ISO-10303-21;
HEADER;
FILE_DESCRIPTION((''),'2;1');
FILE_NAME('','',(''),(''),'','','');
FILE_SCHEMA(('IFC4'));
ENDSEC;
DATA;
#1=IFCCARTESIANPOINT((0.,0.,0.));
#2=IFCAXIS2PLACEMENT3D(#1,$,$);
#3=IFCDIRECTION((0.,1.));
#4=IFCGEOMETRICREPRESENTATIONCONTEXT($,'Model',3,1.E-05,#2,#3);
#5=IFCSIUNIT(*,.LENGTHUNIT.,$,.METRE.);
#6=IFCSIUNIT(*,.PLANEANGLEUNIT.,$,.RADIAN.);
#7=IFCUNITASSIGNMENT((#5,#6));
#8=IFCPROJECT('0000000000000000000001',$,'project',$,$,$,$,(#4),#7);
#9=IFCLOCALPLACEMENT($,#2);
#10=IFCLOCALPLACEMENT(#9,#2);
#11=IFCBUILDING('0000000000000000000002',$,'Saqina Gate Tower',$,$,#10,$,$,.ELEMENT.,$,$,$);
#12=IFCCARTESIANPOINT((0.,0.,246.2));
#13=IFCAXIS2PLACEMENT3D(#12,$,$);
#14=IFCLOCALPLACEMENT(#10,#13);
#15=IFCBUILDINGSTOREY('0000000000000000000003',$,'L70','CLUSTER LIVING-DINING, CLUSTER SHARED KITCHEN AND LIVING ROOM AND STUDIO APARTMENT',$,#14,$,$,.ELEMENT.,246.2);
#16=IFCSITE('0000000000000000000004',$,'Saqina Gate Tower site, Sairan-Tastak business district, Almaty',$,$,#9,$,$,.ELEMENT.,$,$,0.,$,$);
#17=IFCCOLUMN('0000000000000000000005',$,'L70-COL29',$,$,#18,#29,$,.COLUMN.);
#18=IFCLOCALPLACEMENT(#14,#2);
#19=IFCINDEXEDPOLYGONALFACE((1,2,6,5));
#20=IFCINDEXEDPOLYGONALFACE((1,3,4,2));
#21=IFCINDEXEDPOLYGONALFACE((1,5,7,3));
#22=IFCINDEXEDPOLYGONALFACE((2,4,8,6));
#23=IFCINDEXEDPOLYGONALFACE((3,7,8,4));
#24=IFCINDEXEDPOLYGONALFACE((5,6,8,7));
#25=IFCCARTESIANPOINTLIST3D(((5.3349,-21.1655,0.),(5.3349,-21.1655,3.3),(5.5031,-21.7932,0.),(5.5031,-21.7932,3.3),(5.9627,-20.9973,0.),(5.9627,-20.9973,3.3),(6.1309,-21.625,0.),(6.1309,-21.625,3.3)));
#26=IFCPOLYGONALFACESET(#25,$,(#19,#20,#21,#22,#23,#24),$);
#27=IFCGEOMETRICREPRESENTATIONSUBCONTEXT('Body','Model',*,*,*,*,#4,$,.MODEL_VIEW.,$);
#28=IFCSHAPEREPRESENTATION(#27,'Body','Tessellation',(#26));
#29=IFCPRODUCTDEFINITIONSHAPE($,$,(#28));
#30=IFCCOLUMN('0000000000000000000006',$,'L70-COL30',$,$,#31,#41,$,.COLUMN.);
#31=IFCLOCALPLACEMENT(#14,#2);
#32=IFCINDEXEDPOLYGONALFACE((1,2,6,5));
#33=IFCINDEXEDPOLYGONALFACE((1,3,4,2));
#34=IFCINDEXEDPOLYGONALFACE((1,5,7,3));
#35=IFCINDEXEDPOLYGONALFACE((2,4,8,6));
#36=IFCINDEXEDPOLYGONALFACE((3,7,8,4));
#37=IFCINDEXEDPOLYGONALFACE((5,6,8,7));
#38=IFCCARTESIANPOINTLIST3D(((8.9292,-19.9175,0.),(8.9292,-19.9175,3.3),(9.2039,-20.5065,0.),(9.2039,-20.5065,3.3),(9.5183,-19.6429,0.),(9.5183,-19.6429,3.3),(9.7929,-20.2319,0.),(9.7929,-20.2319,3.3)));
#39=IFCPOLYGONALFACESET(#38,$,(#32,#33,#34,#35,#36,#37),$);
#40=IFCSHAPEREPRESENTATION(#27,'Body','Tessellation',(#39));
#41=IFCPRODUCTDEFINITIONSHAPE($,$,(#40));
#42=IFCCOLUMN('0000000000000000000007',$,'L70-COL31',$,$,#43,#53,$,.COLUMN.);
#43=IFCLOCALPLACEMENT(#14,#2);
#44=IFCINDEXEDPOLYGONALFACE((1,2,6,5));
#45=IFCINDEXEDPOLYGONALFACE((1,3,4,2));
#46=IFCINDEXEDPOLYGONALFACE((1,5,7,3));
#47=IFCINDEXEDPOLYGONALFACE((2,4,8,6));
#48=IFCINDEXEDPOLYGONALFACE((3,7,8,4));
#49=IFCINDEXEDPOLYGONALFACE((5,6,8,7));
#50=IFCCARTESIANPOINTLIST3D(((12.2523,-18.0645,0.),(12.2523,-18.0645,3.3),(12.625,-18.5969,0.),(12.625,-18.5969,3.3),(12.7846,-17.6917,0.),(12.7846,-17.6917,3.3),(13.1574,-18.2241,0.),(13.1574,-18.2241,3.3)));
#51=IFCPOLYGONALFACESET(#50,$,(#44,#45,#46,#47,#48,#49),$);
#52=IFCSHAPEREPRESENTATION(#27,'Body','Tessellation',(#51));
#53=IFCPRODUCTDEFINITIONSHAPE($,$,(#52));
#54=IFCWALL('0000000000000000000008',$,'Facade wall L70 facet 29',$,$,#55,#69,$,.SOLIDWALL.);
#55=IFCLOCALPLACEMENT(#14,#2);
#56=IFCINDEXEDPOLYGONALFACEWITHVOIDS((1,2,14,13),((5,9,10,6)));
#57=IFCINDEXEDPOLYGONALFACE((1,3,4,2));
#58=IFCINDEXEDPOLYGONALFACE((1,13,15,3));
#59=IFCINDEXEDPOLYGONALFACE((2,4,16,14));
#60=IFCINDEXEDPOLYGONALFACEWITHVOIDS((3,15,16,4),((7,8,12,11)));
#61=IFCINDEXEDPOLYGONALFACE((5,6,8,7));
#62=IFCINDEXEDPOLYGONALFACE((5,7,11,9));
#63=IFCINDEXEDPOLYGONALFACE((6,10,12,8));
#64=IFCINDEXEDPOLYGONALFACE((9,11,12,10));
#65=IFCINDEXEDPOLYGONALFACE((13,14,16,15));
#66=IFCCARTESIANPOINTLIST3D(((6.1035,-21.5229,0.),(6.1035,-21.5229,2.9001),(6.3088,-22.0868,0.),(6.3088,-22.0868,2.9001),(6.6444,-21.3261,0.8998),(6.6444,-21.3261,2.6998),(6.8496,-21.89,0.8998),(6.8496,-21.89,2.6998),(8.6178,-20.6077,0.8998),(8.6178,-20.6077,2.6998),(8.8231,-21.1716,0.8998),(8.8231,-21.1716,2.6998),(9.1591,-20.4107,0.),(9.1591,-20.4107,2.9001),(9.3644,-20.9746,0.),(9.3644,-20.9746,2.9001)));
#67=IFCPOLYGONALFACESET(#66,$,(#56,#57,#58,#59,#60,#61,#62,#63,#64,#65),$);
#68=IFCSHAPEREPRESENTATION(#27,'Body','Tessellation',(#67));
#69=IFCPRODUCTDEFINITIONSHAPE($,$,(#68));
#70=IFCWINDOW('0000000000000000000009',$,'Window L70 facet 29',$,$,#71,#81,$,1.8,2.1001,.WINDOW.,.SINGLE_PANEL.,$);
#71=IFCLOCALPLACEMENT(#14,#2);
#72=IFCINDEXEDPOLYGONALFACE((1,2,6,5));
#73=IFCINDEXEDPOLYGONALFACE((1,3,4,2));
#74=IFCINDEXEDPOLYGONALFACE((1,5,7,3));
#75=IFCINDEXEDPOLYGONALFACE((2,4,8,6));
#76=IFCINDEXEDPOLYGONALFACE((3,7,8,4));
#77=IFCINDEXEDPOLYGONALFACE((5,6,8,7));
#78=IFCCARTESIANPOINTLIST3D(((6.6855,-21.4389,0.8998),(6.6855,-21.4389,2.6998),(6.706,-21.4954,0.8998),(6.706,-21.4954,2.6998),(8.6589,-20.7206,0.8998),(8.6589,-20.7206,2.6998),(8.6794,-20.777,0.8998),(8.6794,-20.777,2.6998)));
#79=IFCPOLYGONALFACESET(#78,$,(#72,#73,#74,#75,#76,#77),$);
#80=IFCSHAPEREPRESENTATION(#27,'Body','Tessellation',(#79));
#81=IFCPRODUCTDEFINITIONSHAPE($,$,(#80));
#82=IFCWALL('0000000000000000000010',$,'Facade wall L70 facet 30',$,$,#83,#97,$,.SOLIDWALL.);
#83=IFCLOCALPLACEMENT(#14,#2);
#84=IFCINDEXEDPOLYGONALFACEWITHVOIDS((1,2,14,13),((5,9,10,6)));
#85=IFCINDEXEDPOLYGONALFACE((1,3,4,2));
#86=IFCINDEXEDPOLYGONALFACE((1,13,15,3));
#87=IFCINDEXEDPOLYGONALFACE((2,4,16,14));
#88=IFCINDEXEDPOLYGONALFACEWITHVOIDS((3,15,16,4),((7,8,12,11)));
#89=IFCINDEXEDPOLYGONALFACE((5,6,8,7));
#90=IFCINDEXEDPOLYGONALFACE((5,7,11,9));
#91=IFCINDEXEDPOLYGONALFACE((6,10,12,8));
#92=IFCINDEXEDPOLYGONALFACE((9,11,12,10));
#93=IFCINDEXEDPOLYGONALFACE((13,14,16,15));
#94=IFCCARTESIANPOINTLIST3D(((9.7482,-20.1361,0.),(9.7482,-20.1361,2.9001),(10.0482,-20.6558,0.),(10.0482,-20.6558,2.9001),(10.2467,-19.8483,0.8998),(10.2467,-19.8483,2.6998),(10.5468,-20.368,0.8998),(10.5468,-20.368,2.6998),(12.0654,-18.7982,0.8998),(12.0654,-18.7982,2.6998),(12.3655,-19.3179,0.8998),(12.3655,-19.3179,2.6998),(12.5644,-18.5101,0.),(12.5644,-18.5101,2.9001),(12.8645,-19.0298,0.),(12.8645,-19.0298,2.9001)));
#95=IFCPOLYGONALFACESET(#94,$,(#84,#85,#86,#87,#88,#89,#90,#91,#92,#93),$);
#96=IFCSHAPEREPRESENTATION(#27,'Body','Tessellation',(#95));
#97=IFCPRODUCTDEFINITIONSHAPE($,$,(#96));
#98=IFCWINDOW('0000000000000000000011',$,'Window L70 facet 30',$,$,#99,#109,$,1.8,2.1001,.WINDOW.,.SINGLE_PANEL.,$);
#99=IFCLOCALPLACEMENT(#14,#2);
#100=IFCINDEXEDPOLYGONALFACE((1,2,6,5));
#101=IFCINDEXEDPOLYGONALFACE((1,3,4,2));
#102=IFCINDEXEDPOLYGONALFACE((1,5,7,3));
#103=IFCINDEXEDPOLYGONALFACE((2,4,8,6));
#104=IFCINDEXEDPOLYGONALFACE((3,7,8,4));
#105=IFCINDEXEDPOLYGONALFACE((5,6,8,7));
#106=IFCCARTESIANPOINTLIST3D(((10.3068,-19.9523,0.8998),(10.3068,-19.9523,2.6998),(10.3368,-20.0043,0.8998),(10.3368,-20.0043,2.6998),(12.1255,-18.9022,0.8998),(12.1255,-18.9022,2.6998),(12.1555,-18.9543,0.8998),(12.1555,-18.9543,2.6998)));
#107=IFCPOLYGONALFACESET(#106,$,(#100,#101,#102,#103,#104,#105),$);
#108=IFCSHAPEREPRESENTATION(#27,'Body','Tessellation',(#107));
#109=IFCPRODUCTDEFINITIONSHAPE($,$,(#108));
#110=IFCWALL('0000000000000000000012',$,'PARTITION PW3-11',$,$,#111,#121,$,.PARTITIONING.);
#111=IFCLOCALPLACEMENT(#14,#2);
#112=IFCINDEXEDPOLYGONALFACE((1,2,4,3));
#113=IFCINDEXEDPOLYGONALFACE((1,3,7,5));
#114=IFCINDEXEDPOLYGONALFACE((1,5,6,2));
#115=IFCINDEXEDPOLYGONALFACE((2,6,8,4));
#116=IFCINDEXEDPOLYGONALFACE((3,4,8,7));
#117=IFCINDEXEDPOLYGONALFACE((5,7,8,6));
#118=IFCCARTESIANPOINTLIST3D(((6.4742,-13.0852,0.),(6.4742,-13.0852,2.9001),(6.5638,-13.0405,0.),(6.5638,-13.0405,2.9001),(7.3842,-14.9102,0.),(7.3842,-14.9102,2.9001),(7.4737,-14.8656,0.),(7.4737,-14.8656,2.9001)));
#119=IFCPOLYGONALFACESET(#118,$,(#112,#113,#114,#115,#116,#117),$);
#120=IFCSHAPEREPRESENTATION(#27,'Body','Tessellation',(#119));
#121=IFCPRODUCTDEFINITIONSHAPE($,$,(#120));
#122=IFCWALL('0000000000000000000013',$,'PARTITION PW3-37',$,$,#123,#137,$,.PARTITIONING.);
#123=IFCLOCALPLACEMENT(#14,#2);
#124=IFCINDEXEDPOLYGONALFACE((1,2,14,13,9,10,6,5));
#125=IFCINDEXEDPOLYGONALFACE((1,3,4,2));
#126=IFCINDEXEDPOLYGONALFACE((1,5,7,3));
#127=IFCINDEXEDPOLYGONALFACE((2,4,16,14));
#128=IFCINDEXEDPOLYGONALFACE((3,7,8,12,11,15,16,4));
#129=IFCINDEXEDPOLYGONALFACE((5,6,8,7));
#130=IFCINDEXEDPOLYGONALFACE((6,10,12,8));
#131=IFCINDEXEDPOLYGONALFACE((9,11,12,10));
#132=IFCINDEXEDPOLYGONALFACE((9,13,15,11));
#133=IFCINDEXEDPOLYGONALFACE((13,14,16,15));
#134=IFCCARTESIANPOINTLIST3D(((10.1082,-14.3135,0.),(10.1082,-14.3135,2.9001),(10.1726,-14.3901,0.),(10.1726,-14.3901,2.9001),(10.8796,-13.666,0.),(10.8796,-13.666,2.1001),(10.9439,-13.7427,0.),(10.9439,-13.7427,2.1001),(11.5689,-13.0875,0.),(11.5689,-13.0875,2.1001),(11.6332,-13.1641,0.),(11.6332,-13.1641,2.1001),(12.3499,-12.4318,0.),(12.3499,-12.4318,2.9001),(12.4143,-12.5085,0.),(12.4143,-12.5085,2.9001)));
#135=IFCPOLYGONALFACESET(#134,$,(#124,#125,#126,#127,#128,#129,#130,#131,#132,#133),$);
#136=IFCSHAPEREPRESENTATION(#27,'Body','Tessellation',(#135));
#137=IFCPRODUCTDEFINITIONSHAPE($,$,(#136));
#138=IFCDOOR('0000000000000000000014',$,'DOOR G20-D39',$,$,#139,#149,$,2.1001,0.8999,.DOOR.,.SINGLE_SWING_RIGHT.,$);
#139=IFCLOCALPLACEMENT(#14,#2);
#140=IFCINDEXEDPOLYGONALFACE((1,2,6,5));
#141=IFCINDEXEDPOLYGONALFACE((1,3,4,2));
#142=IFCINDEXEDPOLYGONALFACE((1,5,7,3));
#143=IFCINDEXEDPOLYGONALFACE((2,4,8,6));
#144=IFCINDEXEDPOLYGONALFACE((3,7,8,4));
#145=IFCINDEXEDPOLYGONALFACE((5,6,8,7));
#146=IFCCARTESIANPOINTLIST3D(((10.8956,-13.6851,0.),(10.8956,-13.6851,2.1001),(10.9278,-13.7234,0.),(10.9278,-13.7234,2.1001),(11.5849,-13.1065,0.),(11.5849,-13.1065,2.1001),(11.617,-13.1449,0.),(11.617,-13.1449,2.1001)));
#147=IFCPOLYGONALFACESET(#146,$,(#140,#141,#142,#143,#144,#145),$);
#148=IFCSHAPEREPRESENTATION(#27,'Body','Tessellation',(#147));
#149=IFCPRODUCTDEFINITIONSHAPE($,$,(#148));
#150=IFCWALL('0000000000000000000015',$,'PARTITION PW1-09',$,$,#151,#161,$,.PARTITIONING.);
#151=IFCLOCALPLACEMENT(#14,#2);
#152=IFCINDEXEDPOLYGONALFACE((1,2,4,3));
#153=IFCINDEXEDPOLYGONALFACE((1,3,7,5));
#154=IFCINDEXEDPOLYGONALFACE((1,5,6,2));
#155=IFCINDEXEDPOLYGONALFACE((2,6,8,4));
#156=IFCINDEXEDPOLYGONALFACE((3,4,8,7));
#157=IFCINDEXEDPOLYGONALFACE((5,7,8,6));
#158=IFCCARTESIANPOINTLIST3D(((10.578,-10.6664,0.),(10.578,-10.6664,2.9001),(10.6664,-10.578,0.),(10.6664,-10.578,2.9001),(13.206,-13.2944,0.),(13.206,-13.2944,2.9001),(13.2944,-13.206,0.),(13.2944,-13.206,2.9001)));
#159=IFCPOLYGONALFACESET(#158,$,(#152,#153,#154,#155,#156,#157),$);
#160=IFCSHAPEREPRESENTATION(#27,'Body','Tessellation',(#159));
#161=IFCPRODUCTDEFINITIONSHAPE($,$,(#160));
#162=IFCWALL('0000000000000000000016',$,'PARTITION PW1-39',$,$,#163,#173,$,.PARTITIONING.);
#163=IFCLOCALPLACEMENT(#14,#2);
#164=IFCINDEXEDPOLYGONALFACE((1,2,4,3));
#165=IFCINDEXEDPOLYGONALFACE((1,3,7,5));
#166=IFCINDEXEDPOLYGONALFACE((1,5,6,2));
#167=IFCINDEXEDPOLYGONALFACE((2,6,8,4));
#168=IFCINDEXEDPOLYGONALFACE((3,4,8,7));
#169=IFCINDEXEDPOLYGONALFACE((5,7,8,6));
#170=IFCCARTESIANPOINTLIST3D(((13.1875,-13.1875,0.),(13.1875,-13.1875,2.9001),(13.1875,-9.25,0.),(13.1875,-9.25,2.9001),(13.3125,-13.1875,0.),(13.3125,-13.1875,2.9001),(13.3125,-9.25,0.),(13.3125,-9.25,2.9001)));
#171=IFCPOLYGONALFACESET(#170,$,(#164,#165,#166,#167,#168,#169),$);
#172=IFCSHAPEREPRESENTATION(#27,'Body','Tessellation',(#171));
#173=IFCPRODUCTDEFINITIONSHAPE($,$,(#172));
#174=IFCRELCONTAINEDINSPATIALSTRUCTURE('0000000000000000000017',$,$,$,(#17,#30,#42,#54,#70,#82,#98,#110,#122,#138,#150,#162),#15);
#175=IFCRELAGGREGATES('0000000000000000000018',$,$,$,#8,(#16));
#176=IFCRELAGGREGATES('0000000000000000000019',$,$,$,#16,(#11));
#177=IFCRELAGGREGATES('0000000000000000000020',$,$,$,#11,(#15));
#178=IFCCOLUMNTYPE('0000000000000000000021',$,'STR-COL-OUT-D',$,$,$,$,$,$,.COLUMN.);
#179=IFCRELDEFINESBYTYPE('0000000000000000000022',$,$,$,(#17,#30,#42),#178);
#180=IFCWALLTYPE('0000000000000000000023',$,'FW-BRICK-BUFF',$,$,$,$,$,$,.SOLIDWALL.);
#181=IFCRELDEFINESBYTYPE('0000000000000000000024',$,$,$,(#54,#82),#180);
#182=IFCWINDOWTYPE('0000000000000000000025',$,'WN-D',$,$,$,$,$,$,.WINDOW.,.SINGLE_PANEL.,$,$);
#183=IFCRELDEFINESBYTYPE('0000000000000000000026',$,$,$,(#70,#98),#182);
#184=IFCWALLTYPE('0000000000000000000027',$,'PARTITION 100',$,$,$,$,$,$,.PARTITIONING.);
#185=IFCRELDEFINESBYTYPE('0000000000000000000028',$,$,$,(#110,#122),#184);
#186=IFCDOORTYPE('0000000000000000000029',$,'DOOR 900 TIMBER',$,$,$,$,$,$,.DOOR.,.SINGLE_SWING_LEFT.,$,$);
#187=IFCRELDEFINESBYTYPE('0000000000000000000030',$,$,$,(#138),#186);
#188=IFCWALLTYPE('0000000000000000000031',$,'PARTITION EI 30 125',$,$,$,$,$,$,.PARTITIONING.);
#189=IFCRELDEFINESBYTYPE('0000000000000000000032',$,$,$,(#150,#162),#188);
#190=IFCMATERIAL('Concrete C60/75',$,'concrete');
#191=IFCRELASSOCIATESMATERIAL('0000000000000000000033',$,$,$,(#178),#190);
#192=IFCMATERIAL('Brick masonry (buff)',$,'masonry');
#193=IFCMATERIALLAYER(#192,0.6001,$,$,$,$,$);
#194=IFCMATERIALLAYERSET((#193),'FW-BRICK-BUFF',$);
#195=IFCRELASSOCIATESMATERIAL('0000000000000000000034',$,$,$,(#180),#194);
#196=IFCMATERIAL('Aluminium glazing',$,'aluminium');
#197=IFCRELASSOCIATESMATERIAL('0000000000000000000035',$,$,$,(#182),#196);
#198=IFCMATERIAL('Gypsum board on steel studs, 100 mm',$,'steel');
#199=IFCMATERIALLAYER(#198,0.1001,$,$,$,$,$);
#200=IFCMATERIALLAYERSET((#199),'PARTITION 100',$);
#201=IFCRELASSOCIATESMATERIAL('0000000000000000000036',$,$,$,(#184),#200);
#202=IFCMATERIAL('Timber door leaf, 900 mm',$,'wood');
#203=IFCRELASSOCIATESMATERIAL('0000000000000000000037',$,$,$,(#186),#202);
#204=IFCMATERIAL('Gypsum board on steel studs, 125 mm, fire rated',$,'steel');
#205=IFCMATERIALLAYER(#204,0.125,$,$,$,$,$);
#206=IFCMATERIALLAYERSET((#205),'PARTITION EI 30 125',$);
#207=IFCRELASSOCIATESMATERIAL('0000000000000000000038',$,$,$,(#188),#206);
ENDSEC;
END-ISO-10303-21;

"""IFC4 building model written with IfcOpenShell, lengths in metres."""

from ifc_helpers import new_model, si_unit, direction, frame, frame_2d, origin, origin_2d, place, context, subcontext, project, spatial, rectangle, extrude, material, layer, layer_set, material_profile, profile_set, type_object, element, fill, save


model = new_model("IFC4")

# Units and contexts
model_context = context("Model", 3, precision=1e-05, world=origin(), true_north=direction((0.0, 1.0)))
body_context = subcontext(model_context, "Body", "Model", "MODEL_VIEW")
ifc_project = project(units=[si_unit("LENGTHUNIT", "METRE"), si_unit("PLANEANGLEUNIT", "RADIAN")], contexts=[model_context])

# Site, building, storey
site_placement = place(None, origin())
site = spatial("IfcSite", under=ifc_project, at=site_placement, Name="Saqina Gate Tower site, Sairan-Tastak business district, Almaty", CompositionType="ELEMENT", RefElevation=0.0)
building_placement = place(site_placement, origin())
building = spatial("IfcBuilding", under=site, at=building_placement, Name="Saqina Gate Tower", CompositionType="ELEMENT")
storey_placement = place(building_placement, frame((0.0, 0.0, 246.2)))
storey = spatial("IfcBuildingStorey", under=building, at=storey_placement, Name="L70", Description="CLUSTER LIVING-DINING, CLUSTER SHARED KITCHEN AND LIVING ROOM AND STUDIO APARTMENT", CompositionType="ELEMENT", Elevation=246.2)

# Columns
ifc_material_1 = material(Name="Concrete C60/75", Category="concrete")
ifc_material_profile = material_profile(ifc_material_1, rectangle(XDim=0.6499, YDim=0.6499, at=origin_2d()), Name="RC 650x650")
ifc_profile_set = profile_set([ifc_material_profile], Name="Concrete C60/75")
column_type = type_object("IfcColumnType", Name="STR-COL-OUT-D", PredefinedType="COLUMN", material=ifc_profile_set)
for number, where, z_axis, x_axis, name in (
    (1, (5.7329, -21.3953, 0.0), (0.0, 0.0, 1.0), (0.258819, -0.965926, 0.0), "L70-COL29"),
    (2, (9.3611, -20.0747, 0.0), (0.0, 0.0, 1.0), (0.422618, -0.906308, 0.0), "L70-COL30"),
    (3, (12.7048, -18.1443, 0.0), (0.0, 0.0, 1.0), (0.573576, -0.819152, 0.0), "L70-COL31"),
):
    element("IfcColumn", number, at=place(storey_placement, frame(where, z_axis=z_axis, x_axis=x_axis)), inside=storey, type_object=column_type, Name=name, PredefinedType="COLUMN", context=body_context, shape_type="SweptSolid", body=[
        extrude(rectangle(XDim=0.6499, YDim=0.6499, at=origin_2d()), origin(), (0.0, 0.0, 1.0), 3.3),
    ])

# Walls, openings, windows
ifc_material_2 = material(Name="Brick masonry (buff)", Category="masonry")
ifc_layer_1 = layer(ifc_material_2, 0.6001)
ifc_layer_set_1 = layer_set([ifc_layer_1], Name="FW-BRICK-BUFF")
wall_type_1 = type_object("IfcWallType", Name="FW-BRICK-BUFF", PredefinedType="SOLIDWALL", material=ifc_layer_set_1)
wall_1_placement = place(storey_placement, frame((6.2061, -21.8049, 0.0), z_axis=(0.0, 0.0, 1.0), x_axis=(0.939679, 0.342057, 0.0)))
wall_1 = element("IfcWall", 4, at=wall_1_placement, inside=storey, type_object=wall_type_1, Name="Facade wall L70 facet 29", PredefinedType="SOLIDWALL", context=body_context, shape_type="SweptSolid", body=[
    extrude(rectangle(XDim=3.2517, YDim=0.6001, at=frame_2d((1.626, 0.0))), origin(), (0.0, 0.0, 1.0), 2.9001),
])
opening_1_placement = place(wall_1_placement, frame((0.5757, 0.0, 0.8999)))
opening_1 = element("IfcOpeningElement", 5, at=opening_1_placement, cuts=wall_1, PredefinedType="OPENING", context=body_context, shape_type="SweptSolid", body=[
    extrude(rectangle(XDim=2.1001, YDim=1.8, at=frame_2d((1.05, 0.8999))), frame((0.0, 0.312, 0.0), z_axis=(0.0, -1.0, 0.0), x_axis=(1.0, 0.0, 0.0)), (0.0, 0.0, 1.0), 0.624),
])
ifc_material_3 = material(Name="Aluminium glazing", Category="aluminium")
window_type = type_object("IfcWindowType", Name="WN-D", PartitioningType="SINGLE_PANEL", PredefinedType="WINDOW", material=ifc_material_3)
window_1_placement = place(opening_1_placement, origin())
window_1 = element("IfcWindow", 6, at=window_1_placement, inside=storey, type_object=window_type, Name="Window L70 facet 29", OverallHeight=1.8, OverallWidth=2.1001, PartitioningType="SINGLE_PANEL", PredefinedType="WINDOW", context=body_context, shape_type="SweptSolid", body=[
    extrude(rectangle(XDim=2.1001, YDim=1.8, at=frame_2d((1.05, 0.8999))), frame((0.0, 0.1799, 0.0), z_axis=(0.0, -1.0, 0.0), x_axis=(1.0, 0.0, 0.0)), (0.0, 0.0, 1.0), 0.0601),
])
fill(opening_1, window_1)
wall_2_placement = place(storey_placement, frame((9.8982, -20.396, 0.0), z_axis=(0.0, 0.0, 1.0), x_axis=(0.866017, 0.500015, 0.0)))
wall_2 = element("IfcWall", 7, at=wall_2_placement, inside=storey, type_object=wall_type_1, Name="Facade wall L70 facet 30", PredefinedType="SOLIDWALL", context=body_context, shape_type="SweptSolid", body=[
    extrude(rectangle(XDim=3.252, YDim=0.6001, at=frame_2d((1.626, 0.0))), origin(), (0.0, 0.0, 1.0), 2.9001),
])
opening_2_placement = place(wall_2_placement, frame((0.5757, 0.0, 0.8999)))
opening_2 = element("IfcOpeningElement", 8, at=opening_2_placement, cuts=wall_2, PredefinedType="OPENING", context=body_context, shape_type="SweptSolid", body=[
    extrude(rectangle(XDim=2.1001, YDim=1.8, at=frame_2d((1.05, 0.8999))), frame((0.0, 0.312, 0.0), z_axis=(0.0, -1.0, 0.0), x_axis=(1.0, 0.0, 0.0)), (0.0, 0.0, 1.0), 0.624),
])
window_2_placement = place(opening_2_placement, origin())
window_2 = element("IfcWindow", 9, at=window_2_placement, inside=storey, type_object=window_type, Name="Window L70 facet 30", OverallHeight=1.8, OverallWidth=2.1001, PartitioningType="SINGLE_PANEL", PredefinedType="WINDOW", context=body_context, shape_type="SweptSolid", body=[
    extrude(rectangle(XDim=2.1001, YDim=1.8, at=frame_2d((1.05, 0.8999))), frame((0.0, 0.1799, 0.0), z_axis=(0.0, -1.0, 0.0), x_axis=(1.0, 0.0, 0.0)), (0.0, 0.0, 1.0), 0.0601),
])
fill(opening_2, window_2)

# Wall
ifc_material_4 = material(Name="Gypsum board on steel studs, 100 mm", Category="steel")
ifc_layer_2 = layer(ifc_material_4, 0.1001)
ifc_layer_set_2 = layer_set([ifc_layer_2], Name="PARTITION 100")
wall_type_2 = type_object("IfcWallType", Name="PARTITION 100", PredefinedType="PARTITIONING", material=ifc_layer_set_2)
wall_3_placement = place(storey_placement, frame((6.519, -13.063, 0.0), z_axis=(0.0, 0.0, 1.0), x_axis=(0.446208, -0.894929, 0.0)))
element("IfcWall", 10, at=wall_3_placement, inside=storey, type_object=wall_type_2, Name="PARTITION PW3-11", PredefinedType="PARTITIONING", context=body_context, shape_type="SweptSolid", body=[
    extrude(rectangle(XDim=2.0393, YDim=0.1001, at=frame_2d((1.0195, 0.0))), origin(), (0.0, 0.0, 1.0), 2.9001),
])

# Wall, opening, door
wall_4_placement = place(storey_placement, frame((10.1404, -14.3518, 0.0), z_axis=(0.0, 0.0, 1.0), x_axis=(0.765946, 0.642904, 0.0)))
wall_4 = element("IfcWall", 11, at=wall_4_placement, inside=storey, type_object=wall_type_2, Name="PARTITION PW3-37", PredefinedType="PARTITIONING", context=body_context, shape_type="SweptSolid", body=[
    extrude(rectangle(XDim=2.9268, YDim=0.1001, at=frame_2d((1.4634, 0.0))), origin(), (0.0, 0.0, 1.0), 2.9001),
])
opening_3_placement = place(wall_4_placement, frame((1.0071, 0.0, 0.0)))
opening_3 = element("IfcOpeningElement", 12, at=opening_3_placement, cuts=wall_4, PredefinedType="OPENING", context=body_context, shape_type="SweptSolid", body=[
    extrude(rectangle(XDim=0.8999, YDim=2.1001, at=frame_2d((0.45, 1.05))), frame((0.0, 0.062, 0.0), z_axis=(0.0, -1.0, 0.0), x_axis=(1.0, 0.0, 0.0)), (0.0, 0.0, 1.0), 0.124),
])
ifc_material_5 = material(Name="Timber door leaf, 900 mm", Category="wood")
door_type = type_object("IfcDoorType", Name="DOOR 900 TIMBER", OperationType="SINGLE_SWING_LEFT", PredefinedType="DOOR", material=ifc_material_5)
door_placement = place(opening_3_placement, frame((0.8999, 0.0, 0.0), z_axis=(0.0, 0.0, 1.0), x_axis=(-1.0, 0.0, 0.0)))
door = element("IfcDoor", 13, at=door_placement, inside=storey, type_object=door_type, Name="DOOR G20-D39", OperationType="SINGLE_SWING_RIGHT", OverallHeight=2.1001, OverallWidth=0.8999, PredefinedType="DOOR", context=body_context, shape_type="SweptSolid", body=[
    extrude(rectangle(XDim=0.8999, YDim=2.1001, at=frame_2d((0.45, 1.05))), frame((0.0, 0.0249, 0.0), z_axis=(0.0, -1.0, 0.0), x_axis=(1.0, 0.0, 0.0)), (0.0, 0.0, 1.0), 0.05),
])
fill(opening_3, door)

# Walls
ifc_material_6 = material(Name="Gypsum board on steel studs, 125 mm, fire rated", Category="steel")
ifc_layer_3 = layer(ifc_material_6, 0.125)
ifc_layer_set_3 = layer_set([ifc_layer_3], Name="PARTITION EI 30 125")
wall_type_3 = type_object("IfcWallType", Name="PARTITION EI 30 125", PredefinedType="PARTITIONING", material=ifc_layer_set_3)
wall_5_placement = place(storey_placement, frame((10.6221, -10.6221, 0.0), z_axis=(0.0, 0.0, 1.0), x_axis=(0.707107, -0.707107, 0.0)))
element("IfcWall", 14, at=wall_5_placement, inside=storey, type_object=wall_type_3, Name="PARTITION PW1-09", PredefinedType="PARTITIONING", context=body_context, shape_type="SweptSolid", body=[
    extrude(rectangle(XDim=3.7166, YDim=0.125, at=frame_2d((1.8584, 0.0))), origin(), (0.0, 0.0, 1.0), 2.9001),
])
wall_6_placement = place(storey_placement, frame((13.25, -13.1875, 0.0), z_axis=(0.0, 0.0, 1.0), x_axis=(0.0, 1.0, 0.0)))
element("IfcWall", 15, at=wall_6_placement, inside=storey, type_object=wall_type_3, Name="PARTITION PW1-39", PredefinedType="PARTITIONING", context=body_context, shape_type="SweptSolid", body=[
    extrude(rectangle(XDim=3.9375, YDim=0.125, at=frame_2d((1.9688, 0.0))), origin(), (0.0, 0.0, 1.0), 2.9001),
])

save(model, "model.ifc")
